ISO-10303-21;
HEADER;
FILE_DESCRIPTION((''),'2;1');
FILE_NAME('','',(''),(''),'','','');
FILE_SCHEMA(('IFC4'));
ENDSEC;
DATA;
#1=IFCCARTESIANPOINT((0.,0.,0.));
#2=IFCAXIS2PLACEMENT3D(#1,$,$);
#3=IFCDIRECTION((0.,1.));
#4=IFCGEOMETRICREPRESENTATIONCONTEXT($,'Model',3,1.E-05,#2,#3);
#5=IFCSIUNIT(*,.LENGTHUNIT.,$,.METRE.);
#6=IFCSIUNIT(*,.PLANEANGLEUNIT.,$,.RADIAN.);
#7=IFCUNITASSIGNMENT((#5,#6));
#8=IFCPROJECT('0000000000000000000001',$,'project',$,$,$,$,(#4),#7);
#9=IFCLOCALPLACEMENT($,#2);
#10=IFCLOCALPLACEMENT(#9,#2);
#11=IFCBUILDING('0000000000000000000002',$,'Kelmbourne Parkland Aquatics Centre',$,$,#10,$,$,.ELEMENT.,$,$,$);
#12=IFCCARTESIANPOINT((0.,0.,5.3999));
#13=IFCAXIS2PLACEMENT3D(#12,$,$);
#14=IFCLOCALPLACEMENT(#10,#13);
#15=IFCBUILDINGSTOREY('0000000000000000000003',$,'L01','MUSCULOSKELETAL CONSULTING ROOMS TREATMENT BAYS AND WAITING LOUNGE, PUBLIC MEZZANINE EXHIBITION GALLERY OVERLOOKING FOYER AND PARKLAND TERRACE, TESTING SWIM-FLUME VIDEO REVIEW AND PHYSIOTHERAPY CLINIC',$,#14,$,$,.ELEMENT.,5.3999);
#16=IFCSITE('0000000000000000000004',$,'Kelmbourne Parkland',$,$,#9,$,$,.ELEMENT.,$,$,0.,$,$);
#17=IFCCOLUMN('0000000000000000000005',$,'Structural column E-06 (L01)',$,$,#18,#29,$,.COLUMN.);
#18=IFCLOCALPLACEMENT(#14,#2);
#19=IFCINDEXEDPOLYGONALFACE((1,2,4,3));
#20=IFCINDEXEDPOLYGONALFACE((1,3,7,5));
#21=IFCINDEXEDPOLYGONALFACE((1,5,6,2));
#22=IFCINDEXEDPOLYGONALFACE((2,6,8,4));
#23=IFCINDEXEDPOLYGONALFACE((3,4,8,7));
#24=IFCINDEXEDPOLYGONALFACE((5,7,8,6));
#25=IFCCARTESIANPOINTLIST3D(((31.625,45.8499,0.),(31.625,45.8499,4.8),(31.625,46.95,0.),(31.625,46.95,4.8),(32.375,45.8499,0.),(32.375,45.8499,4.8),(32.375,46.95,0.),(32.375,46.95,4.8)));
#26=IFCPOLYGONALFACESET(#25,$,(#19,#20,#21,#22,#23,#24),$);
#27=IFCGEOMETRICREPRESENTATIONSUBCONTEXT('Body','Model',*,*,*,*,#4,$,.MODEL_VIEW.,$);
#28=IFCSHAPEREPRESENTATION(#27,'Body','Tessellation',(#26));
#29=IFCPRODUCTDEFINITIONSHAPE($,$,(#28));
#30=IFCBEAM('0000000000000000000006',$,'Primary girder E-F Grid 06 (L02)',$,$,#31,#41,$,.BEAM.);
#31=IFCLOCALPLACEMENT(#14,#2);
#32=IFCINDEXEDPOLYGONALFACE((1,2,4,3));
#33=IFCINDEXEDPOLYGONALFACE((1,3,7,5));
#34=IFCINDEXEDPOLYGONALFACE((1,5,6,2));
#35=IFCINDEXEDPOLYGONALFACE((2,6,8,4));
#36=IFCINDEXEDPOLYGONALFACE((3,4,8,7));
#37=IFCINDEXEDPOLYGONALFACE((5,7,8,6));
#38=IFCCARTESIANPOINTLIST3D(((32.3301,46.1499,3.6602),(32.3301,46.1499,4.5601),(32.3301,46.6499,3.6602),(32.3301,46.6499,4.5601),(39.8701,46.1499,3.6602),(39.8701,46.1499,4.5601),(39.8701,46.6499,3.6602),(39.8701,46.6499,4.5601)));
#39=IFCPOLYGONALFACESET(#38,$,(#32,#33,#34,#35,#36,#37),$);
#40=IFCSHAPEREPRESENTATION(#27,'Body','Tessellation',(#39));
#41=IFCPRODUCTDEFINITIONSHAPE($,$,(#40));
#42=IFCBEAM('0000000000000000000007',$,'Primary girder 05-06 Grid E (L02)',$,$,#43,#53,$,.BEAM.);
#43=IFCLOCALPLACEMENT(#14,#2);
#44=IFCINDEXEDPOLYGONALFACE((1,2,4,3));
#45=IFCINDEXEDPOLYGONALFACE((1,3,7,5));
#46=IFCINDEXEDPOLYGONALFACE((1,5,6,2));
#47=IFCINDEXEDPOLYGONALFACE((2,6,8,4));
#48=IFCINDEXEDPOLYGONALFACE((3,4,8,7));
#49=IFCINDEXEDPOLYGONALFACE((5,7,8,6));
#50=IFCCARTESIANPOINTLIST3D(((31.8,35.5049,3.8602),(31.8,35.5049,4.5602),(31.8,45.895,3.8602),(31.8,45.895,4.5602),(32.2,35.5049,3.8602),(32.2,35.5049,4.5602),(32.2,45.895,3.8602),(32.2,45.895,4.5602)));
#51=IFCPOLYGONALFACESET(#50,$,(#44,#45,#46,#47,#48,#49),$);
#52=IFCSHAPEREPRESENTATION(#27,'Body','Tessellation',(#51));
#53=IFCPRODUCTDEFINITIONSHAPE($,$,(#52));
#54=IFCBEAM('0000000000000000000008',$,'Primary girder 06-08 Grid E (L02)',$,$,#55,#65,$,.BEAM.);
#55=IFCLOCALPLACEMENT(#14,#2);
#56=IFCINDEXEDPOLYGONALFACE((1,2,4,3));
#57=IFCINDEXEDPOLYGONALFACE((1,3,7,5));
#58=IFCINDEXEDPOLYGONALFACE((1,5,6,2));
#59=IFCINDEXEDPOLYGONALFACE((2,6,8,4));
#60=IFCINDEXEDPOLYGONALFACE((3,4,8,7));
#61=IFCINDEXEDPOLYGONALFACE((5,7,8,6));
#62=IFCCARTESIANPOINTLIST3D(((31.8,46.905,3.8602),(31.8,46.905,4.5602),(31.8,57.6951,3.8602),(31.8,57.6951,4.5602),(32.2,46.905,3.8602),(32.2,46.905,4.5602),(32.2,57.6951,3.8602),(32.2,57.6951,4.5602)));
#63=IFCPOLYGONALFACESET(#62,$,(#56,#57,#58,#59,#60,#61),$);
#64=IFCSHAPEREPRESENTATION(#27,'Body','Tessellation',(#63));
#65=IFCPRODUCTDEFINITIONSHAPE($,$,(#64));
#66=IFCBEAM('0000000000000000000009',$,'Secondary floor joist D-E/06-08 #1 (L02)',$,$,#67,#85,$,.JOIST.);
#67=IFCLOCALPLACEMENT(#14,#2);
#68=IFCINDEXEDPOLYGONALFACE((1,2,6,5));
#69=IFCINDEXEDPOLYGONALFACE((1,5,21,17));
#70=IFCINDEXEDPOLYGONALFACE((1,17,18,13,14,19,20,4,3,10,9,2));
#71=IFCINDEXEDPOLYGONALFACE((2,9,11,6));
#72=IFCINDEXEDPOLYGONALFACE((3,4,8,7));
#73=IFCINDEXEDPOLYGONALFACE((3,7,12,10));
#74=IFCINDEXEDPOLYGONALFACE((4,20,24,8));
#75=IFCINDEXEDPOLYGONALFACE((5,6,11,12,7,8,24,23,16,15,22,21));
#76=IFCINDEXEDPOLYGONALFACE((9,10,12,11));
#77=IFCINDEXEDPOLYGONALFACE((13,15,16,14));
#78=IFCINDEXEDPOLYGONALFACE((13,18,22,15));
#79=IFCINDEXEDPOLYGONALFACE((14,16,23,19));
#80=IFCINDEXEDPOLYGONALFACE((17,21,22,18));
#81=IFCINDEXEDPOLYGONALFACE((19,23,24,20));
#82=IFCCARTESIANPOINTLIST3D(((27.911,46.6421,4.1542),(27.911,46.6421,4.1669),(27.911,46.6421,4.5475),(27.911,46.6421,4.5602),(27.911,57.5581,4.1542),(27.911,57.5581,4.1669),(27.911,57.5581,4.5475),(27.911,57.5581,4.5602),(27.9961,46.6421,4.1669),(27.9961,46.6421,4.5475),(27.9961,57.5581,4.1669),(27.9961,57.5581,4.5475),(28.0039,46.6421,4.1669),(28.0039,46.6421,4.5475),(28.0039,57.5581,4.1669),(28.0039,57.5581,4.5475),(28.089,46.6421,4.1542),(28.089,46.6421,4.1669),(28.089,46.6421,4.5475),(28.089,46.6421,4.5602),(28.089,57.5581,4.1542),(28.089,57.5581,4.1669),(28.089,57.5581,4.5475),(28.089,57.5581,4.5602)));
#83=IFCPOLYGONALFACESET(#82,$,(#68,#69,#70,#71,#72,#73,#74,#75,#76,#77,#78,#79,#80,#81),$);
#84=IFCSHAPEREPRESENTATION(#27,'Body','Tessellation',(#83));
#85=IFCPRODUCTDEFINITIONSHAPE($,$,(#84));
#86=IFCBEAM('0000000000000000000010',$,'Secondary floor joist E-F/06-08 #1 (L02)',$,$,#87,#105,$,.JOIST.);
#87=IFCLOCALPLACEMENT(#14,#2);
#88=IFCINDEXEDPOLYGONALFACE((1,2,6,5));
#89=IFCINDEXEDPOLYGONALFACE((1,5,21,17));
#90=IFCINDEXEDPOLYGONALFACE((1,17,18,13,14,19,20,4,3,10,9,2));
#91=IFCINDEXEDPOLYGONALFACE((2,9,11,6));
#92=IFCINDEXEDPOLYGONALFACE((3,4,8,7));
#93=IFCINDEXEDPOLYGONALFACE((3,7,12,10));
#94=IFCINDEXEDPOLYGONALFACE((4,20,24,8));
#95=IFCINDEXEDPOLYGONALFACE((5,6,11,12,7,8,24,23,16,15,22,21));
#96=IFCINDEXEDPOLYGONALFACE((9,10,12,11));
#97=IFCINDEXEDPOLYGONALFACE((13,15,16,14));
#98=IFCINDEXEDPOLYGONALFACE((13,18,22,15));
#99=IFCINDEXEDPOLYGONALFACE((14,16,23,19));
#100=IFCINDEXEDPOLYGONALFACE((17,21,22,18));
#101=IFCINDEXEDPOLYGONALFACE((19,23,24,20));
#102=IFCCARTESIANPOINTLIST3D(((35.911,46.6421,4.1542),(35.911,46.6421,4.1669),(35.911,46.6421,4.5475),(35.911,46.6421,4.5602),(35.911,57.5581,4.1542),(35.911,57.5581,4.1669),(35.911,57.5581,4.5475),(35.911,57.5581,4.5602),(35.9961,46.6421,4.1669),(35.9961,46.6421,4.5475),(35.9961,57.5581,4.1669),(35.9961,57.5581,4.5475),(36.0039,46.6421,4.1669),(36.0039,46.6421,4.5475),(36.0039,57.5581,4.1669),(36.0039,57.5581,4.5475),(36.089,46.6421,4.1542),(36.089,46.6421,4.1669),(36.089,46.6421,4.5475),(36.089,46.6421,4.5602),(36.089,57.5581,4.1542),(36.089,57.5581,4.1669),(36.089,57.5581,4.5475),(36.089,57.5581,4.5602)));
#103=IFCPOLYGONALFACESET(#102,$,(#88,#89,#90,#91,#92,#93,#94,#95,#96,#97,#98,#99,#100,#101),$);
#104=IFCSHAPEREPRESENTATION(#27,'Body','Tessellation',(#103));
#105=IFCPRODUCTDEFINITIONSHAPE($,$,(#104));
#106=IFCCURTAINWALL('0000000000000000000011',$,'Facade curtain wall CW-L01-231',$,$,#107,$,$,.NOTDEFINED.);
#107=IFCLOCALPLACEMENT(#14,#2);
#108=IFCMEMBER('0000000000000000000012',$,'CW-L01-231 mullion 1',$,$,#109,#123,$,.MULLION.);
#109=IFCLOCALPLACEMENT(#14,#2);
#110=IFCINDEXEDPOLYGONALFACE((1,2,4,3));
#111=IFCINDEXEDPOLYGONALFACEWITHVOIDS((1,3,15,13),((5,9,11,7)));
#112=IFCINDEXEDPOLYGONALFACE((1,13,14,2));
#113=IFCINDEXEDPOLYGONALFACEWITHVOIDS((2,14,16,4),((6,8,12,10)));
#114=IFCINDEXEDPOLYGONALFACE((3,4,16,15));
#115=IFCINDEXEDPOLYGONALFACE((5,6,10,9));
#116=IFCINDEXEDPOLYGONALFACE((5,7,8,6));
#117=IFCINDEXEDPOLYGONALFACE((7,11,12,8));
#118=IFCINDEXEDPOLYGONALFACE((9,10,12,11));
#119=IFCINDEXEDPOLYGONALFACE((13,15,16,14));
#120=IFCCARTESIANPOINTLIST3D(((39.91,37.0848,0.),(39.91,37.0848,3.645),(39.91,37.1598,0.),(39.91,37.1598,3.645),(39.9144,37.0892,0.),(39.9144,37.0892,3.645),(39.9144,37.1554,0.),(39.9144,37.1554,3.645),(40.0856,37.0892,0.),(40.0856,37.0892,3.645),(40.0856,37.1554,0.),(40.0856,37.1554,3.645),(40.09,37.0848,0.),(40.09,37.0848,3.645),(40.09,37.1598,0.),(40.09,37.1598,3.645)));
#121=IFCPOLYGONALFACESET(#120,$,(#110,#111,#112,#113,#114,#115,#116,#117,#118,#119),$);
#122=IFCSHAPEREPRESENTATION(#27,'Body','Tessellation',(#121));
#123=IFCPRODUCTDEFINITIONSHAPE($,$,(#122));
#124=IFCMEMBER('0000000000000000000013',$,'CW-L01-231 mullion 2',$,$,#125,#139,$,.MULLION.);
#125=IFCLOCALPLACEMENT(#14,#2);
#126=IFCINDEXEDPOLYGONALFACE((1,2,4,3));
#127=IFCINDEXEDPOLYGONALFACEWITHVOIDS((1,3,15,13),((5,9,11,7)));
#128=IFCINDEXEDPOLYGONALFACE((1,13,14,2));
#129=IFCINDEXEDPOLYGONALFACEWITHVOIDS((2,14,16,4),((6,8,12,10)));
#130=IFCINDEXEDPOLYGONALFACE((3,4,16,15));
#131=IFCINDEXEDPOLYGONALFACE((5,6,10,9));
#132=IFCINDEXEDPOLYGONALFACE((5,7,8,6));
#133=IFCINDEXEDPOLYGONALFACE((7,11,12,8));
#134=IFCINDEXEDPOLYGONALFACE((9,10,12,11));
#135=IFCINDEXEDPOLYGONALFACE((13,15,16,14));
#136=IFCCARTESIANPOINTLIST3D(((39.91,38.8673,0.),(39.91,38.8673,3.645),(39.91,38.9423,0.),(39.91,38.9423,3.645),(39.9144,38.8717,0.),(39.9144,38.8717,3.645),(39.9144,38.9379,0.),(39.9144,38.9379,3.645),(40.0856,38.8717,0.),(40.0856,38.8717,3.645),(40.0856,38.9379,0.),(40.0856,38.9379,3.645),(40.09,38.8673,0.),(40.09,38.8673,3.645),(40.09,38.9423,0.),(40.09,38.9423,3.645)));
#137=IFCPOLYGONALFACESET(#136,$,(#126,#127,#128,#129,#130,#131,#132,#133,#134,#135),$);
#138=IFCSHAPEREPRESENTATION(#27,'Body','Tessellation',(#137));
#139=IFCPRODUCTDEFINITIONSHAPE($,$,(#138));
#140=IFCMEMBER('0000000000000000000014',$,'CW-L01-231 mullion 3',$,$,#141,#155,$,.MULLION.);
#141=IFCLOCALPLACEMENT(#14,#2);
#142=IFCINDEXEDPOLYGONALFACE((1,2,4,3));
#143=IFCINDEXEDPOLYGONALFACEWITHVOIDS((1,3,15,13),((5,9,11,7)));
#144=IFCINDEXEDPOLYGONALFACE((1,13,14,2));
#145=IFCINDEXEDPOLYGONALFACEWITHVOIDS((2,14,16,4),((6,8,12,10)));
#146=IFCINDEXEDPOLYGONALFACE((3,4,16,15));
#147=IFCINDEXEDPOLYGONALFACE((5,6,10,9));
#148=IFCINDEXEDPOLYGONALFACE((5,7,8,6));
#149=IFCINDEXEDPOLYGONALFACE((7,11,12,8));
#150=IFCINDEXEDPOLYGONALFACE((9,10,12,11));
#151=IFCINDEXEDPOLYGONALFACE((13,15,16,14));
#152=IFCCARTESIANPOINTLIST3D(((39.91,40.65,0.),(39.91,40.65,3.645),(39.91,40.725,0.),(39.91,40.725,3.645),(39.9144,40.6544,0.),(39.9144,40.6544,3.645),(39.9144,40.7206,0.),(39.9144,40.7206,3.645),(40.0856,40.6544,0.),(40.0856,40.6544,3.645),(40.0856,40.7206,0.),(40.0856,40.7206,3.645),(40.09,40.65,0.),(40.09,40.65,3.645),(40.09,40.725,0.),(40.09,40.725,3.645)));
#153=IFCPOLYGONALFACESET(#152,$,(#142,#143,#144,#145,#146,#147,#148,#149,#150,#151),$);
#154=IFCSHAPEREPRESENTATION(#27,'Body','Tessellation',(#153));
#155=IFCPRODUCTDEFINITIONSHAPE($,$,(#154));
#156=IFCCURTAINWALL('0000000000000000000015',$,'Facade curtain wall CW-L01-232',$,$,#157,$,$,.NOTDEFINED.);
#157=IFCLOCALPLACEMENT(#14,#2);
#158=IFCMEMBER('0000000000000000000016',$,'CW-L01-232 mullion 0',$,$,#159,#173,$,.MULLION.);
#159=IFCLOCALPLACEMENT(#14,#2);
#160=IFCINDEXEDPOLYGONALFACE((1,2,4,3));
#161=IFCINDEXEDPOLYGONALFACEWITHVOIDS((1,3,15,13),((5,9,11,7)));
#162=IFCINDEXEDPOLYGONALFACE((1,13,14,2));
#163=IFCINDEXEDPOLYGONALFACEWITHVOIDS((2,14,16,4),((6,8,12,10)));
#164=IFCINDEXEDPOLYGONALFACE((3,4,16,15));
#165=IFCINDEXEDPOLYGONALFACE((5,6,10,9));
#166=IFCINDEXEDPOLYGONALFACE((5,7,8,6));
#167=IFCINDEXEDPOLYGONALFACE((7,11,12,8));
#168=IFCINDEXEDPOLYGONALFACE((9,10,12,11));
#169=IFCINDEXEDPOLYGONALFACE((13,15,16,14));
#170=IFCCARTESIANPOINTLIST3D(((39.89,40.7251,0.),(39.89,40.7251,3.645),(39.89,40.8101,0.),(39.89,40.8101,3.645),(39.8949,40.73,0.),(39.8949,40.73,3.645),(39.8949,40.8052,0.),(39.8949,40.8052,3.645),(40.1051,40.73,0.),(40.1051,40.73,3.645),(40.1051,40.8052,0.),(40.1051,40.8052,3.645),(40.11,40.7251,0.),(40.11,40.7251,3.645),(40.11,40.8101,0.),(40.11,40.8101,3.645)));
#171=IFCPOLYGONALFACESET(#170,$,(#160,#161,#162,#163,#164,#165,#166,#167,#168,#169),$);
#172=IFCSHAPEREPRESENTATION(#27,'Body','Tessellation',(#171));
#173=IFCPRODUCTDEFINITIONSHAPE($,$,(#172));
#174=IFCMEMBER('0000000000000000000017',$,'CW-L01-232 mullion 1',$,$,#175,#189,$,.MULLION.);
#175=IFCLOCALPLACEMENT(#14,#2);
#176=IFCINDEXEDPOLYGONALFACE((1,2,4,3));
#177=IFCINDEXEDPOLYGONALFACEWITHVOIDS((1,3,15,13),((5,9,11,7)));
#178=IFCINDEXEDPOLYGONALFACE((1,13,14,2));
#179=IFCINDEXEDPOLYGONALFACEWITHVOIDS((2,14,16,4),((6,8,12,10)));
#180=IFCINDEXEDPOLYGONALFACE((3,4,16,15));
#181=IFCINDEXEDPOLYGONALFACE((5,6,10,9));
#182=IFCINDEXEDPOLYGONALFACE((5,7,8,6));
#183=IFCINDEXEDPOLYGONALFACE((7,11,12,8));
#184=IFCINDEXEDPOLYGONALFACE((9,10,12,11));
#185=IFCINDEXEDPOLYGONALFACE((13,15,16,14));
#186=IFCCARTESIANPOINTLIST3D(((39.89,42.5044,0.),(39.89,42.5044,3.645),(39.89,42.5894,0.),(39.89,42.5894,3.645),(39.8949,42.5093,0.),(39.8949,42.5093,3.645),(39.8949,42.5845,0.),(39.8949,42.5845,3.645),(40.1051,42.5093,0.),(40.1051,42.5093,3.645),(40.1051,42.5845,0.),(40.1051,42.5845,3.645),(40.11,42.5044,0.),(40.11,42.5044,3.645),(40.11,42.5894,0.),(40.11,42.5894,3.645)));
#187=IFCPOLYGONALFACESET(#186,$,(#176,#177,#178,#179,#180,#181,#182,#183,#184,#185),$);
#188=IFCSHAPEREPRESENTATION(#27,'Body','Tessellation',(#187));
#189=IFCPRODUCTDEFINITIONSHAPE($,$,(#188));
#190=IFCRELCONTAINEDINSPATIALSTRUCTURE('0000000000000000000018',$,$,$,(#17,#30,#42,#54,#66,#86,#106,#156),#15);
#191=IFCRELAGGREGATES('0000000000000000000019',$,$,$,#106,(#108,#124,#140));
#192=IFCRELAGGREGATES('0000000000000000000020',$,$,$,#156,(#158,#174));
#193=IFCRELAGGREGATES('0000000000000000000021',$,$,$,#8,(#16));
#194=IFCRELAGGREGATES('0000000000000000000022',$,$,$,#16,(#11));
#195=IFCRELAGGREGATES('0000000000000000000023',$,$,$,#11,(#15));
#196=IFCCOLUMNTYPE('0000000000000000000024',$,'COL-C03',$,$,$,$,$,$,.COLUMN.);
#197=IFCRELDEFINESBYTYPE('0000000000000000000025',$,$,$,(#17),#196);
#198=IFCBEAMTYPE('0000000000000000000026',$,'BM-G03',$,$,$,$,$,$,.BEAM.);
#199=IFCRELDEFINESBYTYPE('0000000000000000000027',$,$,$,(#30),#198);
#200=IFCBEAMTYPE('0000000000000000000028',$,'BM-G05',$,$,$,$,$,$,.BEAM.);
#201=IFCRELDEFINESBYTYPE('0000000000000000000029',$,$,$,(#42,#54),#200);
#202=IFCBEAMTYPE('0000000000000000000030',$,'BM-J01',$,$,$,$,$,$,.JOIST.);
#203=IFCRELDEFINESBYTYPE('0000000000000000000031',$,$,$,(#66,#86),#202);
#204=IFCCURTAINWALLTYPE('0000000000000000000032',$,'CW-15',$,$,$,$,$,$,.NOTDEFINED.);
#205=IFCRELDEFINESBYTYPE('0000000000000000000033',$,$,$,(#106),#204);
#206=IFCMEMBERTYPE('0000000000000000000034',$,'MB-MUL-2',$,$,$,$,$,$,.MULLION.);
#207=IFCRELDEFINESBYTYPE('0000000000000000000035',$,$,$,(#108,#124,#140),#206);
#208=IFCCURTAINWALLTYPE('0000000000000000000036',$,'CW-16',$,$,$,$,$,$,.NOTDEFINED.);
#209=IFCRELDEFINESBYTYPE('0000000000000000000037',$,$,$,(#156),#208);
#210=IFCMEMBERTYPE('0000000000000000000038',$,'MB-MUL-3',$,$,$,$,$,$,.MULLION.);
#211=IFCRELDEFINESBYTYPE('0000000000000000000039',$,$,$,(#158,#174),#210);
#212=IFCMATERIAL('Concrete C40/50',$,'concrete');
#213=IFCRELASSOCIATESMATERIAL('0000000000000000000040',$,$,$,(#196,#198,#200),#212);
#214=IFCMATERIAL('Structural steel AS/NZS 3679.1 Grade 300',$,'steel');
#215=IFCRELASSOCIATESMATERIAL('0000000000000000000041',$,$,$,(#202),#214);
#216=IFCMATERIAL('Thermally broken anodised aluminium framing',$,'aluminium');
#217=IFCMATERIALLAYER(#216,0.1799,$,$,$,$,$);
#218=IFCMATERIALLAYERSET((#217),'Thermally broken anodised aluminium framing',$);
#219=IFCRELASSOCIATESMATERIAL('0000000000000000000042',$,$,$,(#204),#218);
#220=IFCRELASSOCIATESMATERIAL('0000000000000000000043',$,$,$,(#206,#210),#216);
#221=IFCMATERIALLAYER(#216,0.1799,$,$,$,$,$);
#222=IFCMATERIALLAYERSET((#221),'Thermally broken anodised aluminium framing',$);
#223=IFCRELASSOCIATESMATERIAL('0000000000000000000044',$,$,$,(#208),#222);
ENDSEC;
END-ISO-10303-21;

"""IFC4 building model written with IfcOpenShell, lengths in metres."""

from ifc_helpers import new_model, si_unit, direction, frame, origin, origin_2d, place, context, subcontext, project, spatial, rectangle, hollow_rectangle, i_section, extrude, material, layer, layer_set, material_profile, profile_set, type_object, element, aggregate, save


model = new_model("IFC4")

# Units and contexts
model_context = context("Model", 3, precision=1e-05, world=origin(), true_north=direction((0.0, 1.0)))
body_context = subcontext(model_context, "Body", "Model", "MODEL_VIEW")
ifc_project = project(units=[si_unit("LENGTHUNIT", "METRE"), si_unit("PLANEANGLEUNIT", "RADIAN")], contexts=[model_context])

# Site, building, storey
site_placement = place(None, origin())
site = spatial("IfcSite", under=ifc_project, at=site_placement, Name="Kelmbourne Parkland", CompositionType="ELEMENT", RefElevation=0.0)
building_placement = place(site_placement, origin())
building = spatial("IfcBuilding", under=site, at=building_placement, Name="Kelmbourne Parkland Aquatics Centre", CompositionType="ELEMENT")
storey_placement = place(building_placement, frame((0.0, 0.0, 5.3999)))
storey = spatial("IfcBuildingStorey", under=building, at=storey_placement, Name="L01", Description="MUSCULOSKELETAL CONSULTING ROOMS TREATMENT BAYS AND WAITING LOUNGE, PUBLIC MEZZANINE EXHIBITION GALLERY OVERLOOKING FOYER AND PARKLAND TERRACE, TESTING SWIM-FLUME VIDEO REVIEW AND PHYSIOTHERAPY CLINIC", CompositionType="ELEMENT", Elevation=5.3999)

# Column
ifc_material_1 = material(Name="Concrete C40/50", Category="concrete")
ifc_material_profile_1 = material_profile(ifc_material_1, rectangle(XDim=0.75, YDim=1.1001, at=origin_2d()), Name="RC 750x1100")
ifc_profile_set_1 = profile_set([ifc_material_profile_1], Name="Concrete C40/50")
column_type = type_object("IfcColumnType", Name="COL-C03", PredefinedType="COLUMN", material=ifc_profile_set_1)
column_placement = place(storey_placement, frame((32.0, 46.3999, 0.0), z_axis=(0.0, 0.0, 1.0), x_axis=(1.0, 0.0, 0.0)))
element("IfcColumn", 1, at=column_placement, inside=storey, type_object=column_type, Name="Structural column E-06 (L01)", PredefinedType="COLUMN", context=body_context, shape_type="SweptSolid", body=[
    extrude(rectangle(XDim=0.75, YDim=1.1001, at=origin_2d()), origin(), (0.0, 0.0, 1.0), 4.8),
])

# Beams
ifc_material_profile_2 = material_profile(ifc_material_1, rectangle(XDim=0.5, YDim=0.8999, at=origin_2d()), Name="RC 500x900")
ifc_profile_set_2 = profile_set([ifc_material_profile_2], Name="Concrete C40/50")
beam_type_1 = type_object("IfcBeamType", Name="BM-G03", PredefinedType="BEAM", material=ifc_profile_set_2)
beam_1_placement = place(storey_placement, frame((32.3301, 46.3999, 4.1101), z_axis=(1.0, 0.0, 0.0), x_axis=(0.0, 1.0, 0.0)))
element("IfcBeam", 2, at=beam_1_placement, inside=storey, type_object=beam_type_1, Name="Primary girder E-F Grid 06 (L02)", PredefinedType="BEAM", context=body_context, shape_type="SweptSolid", body=[
    extrude(rectangle(XDim=0.5, YDim=0.8999, at=origin_2d()), origin(), (0.0, 0.0, 1.0), 7.54),
])
ifc_material_profile_3 = material_profile(ifc_material_1, rectangle(XDim=0.3999, YDim=0.7, at=origin_2d()), Name="RC 400x700")
ifc_profile_set_3 = profile_set([ifc_material_profile_3], Name="Concrete C40/50")
beam_type_2 = type_object("IfcBeamType", Name="BM-G05", PredefinedType="BEAM", material=ifc_profile_set_3)
beam_2_placement = place(storey_placement, frame((32.0, 35.5049, 4.2102), z_axis=(0.0, 1.0, 0.0), x_axis=(-1.0, 0.0, 0.0)))
element("IfcBeam", 3, at=beam_2_placement, inside=storey, type_object=beam_type_2, Name="Primary girder 05-06 Grid E (L02)", PredefinedType="BEAM", context=body_context, shape_type="SweptSolid", body=[
    extrude(rectangle(XDim=0.3999, YDim=0.7, at=origin_2d()), origin(), (0.0, 0.0, 1.0), 10.3901),
])
beam_3_placement = place(storey_placement, frame((32.0, 46.905, 4.2102), z_axis=(0.0, 1.0, 0.0), x_axis=(-1.0, 0.0, 0.0)))
element("IfcBeam", 4, at=beam_3_placement, inside=storey, type_object=beam_type_2, Name="Primary girder 06-08 Grid E (L02)", PredefinedType="BEAM", context=body_context, shape_type="SweptSolid", body=[
    extrude(rectangle(XDim=0.3999, YDim=0.7, at=origin_2d()), origin(), (0.0, 0.0, 1.0), 10.79),
])
ifc_material_2 = material(Name="Structural steel AS/NZS 3679.1 Grade 300", Category="steel")
ifc_material_profile_4 = material_profile(ifc_material_2, i_section(OverallWidth=0.178, OverallDepth=0.406, WebThickness=0.0078, FlangeThickness=0.0127, at=origin_2d()), Name="410UB59.7")
ifc_profile_set_4 = profile_set([ifc_material_profile_4], Name="Structural steel AS/NZS 3679.1 Grade 300")
beam_type_3 = type_object("IfcBeamType", Name="BM-J01", PredefinedType="JOIST", material=ifc_profile_set_4)
for number, where, z_axis, x_axis, name in (
    (5, (28.0, 46.6421, 4.3572), (0.0, 1.0, 0.0), (-1.0, 0.0, 0.0), "Secondary floor joist D-E/06-08 #1 (L02)"),
    (6, (36.0, 46.6421, 4.3572), (0.0, 1.0, 0.0), (-1.0, 0.0, 0.0), "Secondary floor joist E-F/06-08 #1 (L02)"),
):
    element("IfcBeam", number, at=place(storey_placement, frame(where, z_axis=z_axis, x_axis=x_axis)), inside=storey, type_object=beam_type_3, Name=name, PredefinedType="JOIST", context=body_context, shape_type="SweptSolid", body=[
        extrude(i_section(OverallWidth=0.178, OverallDepth=0.406, WebThickness=0.0078, FlangeThickness=0.0127, at=origin_2d()), origin(), (0.0, 0.0, 1.0), 10.916),
    ])

# Curtain walls, members
ifc_material_3 = material(Name="Thermally broken anodised aluminium framing", Category="aluminium")
ifc_layer_1 = layer(ifc_material_3, 0.1799)
ifc_layer_set_1 = layer_set([ifc_layer_1], Name="Thermally broken anodised aluminium framing")
curtain_wall_type_1 = type_object("IfcCurtainWallType", Name="CW-15", PredefinedType="NOTDEFINED", material=ifc_layer_set_1)
curtain_wall_1_placement = place(storey_placement, origin())
curtain_wall_1 = element("IfcCurtainWall", 7, at=curtain_wall_1_placement, inside=storey, type_object=curtain_wall_type_1, Name="Facade curtain wall CW-L01-231", PredefinedType="NOTDEFINED")
ifc_material_profile_5 = material_profile(ifc_material_3, hollow_rectangle(XDim=0.075, YDim=0.1799, WallThickness=0.0044, at=origin_2d()), Name="CW-M 75x180")
ifc_profile_set_5 = profile_set([ifc_material_profile_5], Name="Thermally broken anodised aluminium framing")
member_type_1 = type_object("IfcMemberType", Name="MB-MUL-2", PredefinedType="MULLION", material=ifc_profile_set_5)
member_1_placement = place(storey_placement, frame((40.0, 37.1223, 0.0), z_axis=(0.0, 0.0, 1.0), x_axis=(0.0, 1.0, 0.0)))
member_1 = element("IfcMember", 8, at=member_1_placement, type_object=member_type_1, Name="CW-L01-231 mullion 1", PredefinedType="MULLION", context=body_context, shape_type="SweptSolid", body=[
    extrude(hollow_rectangle(XDim=0.075, YDim=0.1799, WallThickness=0.0044, at=origin_2d()), origin(), (0.0, 0.0, 1.0), 3.645),
])
member_2_placement = place(storey_placement, frame((40.0, 38.9048, 0.0), z_axis=(0.0, 0.0, 1.0), x_axis=(0.0, 1.0, 0.0)))
member_2 = element("IfcMember", 9, at=member_2_placement, type_object=member_type_1, Name="CW-L01-231 mullion 2", PredefinedType="MULLION", context=body_context, shape_type="SweptSolid", body=[
    extrude(hollow_rectangle(XDim=0.075, YDim=0.1799, WallThickness=0.0044, at=origin_2d()), origin(), (0.0, 0.0, 1.0), 3.645),
])
member_3_placement = place(storey_placement, frame((40.0, 40.6875, 0.0), z_axis=(0.0, 0.0, 1.0), x_axis=(0.0, 1.0, 0.0)))
member_3 = element("IfcMember", 10, at=member_3_placement, type_object=member_type_1, Name="CW-L01-231 mullion 3", PredefinedType="MULLION", context=body_context, shape_type="SweptSolid", body=[
    extrude(hollow_rectangle(XDim=0.075, YDim=0.1799, WallThickness=0.0044, at=origin_2d()), origin(), (0.0, 0.0, 1.0), 3.645),
])
ifc_layer_2 = layer(ifc_material_3, 0.1799)
ifc_layer_set_2 = layer_set([ifc_layer_2], Name="Thermally broken anodised aluminium framing")
curtain_wall_type_2 = type_object("IfcCurtainWallType", Name="CW-16", PredefinedType="NOTDEFINED", material=ifc_layer_set_2)
curtain_wall_2_placement = place(storey_placement, origin())
curtain_wall_2 = element("IfcCurtainWall", 11, at=curtain_wall_2_placement, inside=storey, type_object=curtain_wall_type_2, Name="Facade curtain wall CW-L01-232", PredefinedType="NOTDEFINED")
ifc_material_profile_6 = material_profile(ifc_material_3, hollow_rectangle(XDim=0.085, YDim=0.22, WallThickness=0.0049, at=origin_2d()), Name="CW-M 85x220")
ifc_profile_set_6 = profile_set([ifc_material_profile_6], Name="Thermally broken anodised aluminium framing")
member_type_2 = type_object("IfcMemberType", Name="MB-MUL-3", PredefinedType="MULLION", material=ifc_profile_set_6)
member_4_placement = place(storey_placement, frame((40.0, 40.7676, 0.0), z_axis=(0.0, 0.0, 1.0), x_axis=(0.0, 1.0, 0.0)))
member_4 = element("IfcMember", 12, at=member_4_placement, type_object=member_type_2, Name="CW-L01-232 mullion 0", PredefinedType="MULLION", context=body_context, shape_type="SweptSolid", body=[
    extrude(hollow_rectangle(XDim=0.085, YDim=0.22, WallThickness=0.0049, at=origin_2d()), origin(), (0.0, 0.0, 1.0), 3.645),
])
member_5_placement = place(storey_placement, frame((40.0, 42.5469, 0.0), z_axis=(0.0, 0.0, 1.0), x_axis=(0.0, 1.0, 0.0)))
member_5 = element("IfcMember", 13, at=member_5_placement, type_object=member_type_2, Name="CW-L01-232 mullion 1", PredefinedType="MULLION", context=body_context, shape_type="SweptSolid", body=[
    extrude(hollow_rectangle(XDim=0.085, YDim=0.22, WallThickness=0.0049, at=origin_2d()), origin(), (0.0, 0.0, 1.0), 3.645),
])

aggregate(curtain_wall_1, [member_1, member_2, member_3])
aggregate(curtain_wall_2, [member_4, member_5])

save(model, "model.ifc")
